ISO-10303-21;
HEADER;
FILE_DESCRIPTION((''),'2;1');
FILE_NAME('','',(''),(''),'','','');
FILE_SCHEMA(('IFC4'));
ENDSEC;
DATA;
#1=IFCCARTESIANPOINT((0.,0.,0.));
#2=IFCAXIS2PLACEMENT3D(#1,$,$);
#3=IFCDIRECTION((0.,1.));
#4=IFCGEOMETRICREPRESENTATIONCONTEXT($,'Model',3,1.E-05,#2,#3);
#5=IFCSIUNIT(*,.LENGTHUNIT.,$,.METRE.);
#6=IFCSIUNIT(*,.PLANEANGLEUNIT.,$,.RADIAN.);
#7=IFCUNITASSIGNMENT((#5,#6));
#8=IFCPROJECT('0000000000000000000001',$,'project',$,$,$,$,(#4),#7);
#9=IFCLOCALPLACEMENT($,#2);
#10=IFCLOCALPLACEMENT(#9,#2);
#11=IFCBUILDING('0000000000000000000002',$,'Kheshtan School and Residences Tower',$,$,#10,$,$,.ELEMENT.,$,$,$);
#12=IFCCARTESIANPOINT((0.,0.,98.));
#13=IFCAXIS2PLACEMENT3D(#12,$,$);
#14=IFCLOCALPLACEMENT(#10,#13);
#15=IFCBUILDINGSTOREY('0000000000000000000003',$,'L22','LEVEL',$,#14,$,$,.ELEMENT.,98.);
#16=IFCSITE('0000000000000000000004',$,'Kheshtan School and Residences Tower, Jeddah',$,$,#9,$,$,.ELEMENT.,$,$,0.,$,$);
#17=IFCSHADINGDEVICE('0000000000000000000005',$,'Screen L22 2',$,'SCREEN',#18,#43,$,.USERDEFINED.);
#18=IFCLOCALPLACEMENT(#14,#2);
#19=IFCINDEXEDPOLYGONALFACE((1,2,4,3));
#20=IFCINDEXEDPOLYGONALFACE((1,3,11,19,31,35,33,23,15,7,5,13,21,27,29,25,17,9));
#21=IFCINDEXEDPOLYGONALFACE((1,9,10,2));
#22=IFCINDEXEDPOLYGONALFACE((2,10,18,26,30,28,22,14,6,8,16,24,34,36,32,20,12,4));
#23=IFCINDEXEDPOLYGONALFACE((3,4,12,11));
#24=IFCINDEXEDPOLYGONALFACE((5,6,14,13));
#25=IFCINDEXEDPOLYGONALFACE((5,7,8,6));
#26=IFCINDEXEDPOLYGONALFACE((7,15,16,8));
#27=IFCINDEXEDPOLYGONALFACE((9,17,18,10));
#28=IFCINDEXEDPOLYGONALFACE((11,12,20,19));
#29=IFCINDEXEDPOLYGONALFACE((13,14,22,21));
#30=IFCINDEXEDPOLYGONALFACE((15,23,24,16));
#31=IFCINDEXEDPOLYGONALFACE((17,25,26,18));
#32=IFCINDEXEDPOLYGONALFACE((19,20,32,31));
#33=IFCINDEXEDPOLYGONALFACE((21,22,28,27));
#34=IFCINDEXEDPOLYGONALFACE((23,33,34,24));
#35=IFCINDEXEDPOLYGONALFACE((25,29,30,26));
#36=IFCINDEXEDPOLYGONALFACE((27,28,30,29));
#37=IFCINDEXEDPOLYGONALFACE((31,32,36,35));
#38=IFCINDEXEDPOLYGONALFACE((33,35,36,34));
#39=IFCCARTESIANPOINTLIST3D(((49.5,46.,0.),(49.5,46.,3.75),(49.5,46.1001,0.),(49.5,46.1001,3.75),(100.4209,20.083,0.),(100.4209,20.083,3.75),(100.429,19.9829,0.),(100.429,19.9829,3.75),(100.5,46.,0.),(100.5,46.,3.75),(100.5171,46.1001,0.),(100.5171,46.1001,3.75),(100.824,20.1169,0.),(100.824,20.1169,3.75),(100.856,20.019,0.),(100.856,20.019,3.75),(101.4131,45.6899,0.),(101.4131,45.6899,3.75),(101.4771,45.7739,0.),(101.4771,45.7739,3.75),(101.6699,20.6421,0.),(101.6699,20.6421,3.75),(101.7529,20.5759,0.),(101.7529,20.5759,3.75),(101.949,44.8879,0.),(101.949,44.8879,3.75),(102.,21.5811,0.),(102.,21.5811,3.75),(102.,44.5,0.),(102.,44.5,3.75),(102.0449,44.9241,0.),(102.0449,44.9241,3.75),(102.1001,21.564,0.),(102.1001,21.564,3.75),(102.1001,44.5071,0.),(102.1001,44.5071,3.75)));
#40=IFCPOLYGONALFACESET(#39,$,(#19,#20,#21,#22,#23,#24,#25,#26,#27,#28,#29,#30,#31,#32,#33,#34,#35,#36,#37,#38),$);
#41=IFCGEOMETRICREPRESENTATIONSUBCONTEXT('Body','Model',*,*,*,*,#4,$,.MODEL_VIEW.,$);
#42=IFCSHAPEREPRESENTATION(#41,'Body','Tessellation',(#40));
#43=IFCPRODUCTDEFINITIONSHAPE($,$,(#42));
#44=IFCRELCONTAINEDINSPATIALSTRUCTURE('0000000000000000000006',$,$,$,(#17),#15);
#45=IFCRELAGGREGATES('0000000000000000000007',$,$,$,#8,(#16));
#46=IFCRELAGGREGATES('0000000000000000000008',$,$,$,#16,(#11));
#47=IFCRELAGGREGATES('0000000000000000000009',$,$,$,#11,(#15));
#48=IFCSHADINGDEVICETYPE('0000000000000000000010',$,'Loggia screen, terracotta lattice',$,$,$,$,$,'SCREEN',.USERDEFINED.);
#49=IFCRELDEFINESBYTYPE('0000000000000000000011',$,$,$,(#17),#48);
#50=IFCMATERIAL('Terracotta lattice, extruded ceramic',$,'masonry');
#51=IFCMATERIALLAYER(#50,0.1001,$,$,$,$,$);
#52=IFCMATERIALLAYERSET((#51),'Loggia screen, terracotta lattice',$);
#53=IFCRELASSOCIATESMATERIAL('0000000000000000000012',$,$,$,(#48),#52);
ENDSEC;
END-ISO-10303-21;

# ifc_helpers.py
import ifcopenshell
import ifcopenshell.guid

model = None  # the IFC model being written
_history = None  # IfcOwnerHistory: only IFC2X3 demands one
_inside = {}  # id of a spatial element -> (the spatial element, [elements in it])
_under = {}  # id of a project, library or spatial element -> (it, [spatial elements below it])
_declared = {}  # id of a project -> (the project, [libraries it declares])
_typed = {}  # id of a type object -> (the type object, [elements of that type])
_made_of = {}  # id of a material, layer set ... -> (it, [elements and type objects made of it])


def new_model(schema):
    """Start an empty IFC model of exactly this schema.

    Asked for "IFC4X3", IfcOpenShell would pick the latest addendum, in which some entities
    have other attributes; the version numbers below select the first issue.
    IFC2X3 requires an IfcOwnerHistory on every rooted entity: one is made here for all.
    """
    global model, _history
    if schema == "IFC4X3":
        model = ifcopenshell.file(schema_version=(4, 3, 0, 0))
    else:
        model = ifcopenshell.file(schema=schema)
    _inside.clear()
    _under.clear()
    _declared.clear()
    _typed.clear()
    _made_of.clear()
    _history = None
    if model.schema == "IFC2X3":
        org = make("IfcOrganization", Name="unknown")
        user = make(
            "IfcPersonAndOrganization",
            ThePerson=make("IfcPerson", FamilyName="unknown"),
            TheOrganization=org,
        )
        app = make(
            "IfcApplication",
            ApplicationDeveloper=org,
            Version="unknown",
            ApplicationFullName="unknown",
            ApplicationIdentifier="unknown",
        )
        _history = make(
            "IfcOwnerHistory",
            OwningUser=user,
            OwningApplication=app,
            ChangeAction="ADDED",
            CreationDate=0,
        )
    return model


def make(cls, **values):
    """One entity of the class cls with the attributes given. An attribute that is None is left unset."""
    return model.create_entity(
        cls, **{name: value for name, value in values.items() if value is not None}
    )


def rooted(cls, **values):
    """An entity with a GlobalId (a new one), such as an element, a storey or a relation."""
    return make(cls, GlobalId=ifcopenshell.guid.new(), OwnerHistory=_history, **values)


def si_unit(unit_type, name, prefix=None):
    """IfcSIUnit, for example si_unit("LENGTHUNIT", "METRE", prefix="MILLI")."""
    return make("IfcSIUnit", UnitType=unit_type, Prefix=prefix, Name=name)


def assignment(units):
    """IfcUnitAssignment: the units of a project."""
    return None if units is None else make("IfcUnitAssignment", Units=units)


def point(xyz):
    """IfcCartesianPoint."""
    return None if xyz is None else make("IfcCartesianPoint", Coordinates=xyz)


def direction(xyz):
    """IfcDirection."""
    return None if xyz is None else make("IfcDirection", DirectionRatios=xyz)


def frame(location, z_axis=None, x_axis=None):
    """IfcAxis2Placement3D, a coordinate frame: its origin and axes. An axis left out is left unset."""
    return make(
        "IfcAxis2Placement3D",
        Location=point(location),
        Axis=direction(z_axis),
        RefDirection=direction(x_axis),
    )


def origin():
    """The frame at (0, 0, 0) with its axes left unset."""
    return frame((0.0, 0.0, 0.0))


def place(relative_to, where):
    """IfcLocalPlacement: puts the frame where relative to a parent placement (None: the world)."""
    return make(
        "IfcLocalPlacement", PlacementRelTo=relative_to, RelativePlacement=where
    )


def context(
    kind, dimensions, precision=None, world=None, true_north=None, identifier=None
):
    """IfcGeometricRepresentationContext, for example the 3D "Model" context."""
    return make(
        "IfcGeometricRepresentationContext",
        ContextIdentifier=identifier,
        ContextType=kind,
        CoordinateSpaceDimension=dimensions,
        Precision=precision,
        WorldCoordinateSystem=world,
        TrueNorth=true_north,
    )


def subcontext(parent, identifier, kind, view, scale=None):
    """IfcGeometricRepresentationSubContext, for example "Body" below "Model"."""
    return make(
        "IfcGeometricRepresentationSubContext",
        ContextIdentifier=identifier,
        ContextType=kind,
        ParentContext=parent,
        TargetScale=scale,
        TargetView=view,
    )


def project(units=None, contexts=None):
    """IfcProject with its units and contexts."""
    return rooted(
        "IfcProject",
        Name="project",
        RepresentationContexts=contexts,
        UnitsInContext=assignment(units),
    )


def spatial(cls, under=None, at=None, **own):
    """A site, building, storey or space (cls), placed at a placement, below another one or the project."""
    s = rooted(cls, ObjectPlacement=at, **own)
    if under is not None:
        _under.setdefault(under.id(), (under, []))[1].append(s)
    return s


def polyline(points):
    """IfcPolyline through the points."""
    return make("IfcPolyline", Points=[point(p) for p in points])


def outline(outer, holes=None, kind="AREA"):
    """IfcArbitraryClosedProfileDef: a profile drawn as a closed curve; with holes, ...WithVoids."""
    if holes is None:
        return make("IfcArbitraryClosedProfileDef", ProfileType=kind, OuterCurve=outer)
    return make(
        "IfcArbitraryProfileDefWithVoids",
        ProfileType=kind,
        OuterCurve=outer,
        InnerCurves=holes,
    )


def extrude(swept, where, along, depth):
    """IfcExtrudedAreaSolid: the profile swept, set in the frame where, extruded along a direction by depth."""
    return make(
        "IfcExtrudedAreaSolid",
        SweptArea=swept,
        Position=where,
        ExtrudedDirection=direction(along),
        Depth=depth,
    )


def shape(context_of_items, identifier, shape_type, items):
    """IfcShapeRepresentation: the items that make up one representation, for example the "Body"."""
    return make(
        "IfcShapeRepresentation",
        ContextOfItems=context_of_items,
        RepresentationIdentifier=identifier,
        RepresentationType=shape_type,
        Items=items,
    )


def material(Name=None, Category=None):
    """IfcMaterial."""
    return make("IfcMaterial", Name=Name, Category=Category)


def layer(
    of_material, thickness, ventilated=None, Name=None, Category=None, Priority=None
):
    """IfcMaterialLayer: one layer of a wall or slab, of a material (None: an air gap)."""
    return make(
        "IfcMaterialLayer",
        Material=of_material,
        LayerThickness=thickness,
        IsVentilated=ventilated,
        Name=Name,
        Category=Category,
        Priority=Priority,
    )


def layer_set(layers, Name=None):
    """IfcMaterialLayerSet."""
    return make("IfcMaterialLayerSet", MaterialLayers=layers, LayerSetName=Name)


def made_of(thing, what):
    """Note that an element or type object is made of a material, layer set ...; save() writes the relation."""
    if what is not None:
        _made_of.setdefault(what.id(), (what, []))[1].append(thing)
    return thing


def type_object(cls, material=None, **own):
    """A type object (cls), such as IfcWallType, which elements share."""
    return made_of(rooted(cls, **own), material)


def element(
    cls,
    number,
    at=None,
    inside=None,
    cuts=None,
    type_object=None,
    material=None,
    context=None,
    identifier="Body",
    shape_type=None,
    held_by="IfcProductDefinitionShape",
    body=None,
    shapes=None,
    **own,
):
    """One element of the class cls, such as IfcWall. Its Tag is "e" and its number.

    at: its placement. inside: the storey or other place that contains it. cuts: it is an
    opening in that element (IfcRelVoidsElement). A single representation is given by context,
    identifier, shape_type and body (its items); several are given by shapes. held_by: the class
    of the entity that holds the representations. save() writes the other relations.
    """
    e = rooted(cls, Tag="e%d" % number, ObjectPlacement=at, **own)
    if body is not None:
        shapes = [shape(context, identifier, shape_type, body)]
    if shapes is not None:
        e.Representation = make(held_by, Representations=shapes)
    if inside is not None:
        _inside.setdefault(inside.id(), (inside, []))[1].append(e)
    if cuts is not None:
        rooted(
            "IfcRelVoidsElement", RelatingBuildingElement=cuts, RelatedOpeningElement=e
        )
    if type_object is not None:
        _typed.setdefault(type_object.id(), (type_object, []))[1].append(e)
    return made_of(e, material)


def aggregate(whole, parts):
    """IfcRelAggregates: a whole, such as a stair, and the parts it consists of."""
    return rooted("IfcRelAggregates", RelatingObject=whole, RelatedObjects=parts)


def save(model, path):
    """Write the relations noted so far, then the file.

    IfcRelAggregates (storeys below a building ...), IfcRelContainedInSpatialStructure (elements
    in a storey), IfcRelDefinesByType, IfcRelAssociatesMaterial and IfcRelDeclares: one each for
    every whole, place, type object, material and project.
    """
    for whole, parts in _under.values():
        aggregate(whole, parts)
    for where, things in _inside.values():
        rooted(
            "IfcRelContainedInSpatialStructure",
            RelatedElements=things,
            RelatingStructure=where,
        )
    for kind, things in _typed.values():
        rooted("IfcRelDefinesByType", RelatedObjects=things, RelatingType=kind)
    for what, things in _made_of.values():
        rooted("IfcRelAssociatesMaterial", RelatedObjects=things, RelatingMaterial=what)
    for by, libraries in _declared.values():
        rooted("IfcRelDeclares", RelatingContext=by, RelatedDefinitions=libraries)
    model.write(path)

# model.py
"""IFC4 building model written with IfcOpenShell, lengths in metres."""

from ifc_helpers import new_model, si_unit, direction, frame, origin, place, context, subcontext, project, spatial, polyline, outline, extrude, material, layer, layer_set, type_object, element, save


model = new_model("IFC4")

# Units and contexts
model_context = context("Model", 3, precision=1e-05, world=origin(), true_north=direction((0.0, 1.0)))
body_context = subcontext(model_context, "Body", "Model", "MODEL_VIEW")
ifc_project = project(units=[si_unit("LENGTHUNIT", "METRE"), si_unit("PLANEANGLEUNIT", "RADIAN")], contexts=[model_context])

# Site, building, storey
site_placement = place(None, origin())
site = spatial("IfcSite", under=ifc_project, at=site_placement, Name="Kheshtan School and Residences Tower, Jeddah", CompositionType="ELEMENT", RefElevation=0.0)
building_placement = place(site_placement, origin())
building = spatial("IfcBuilding", under=site, at=building_placement, Name="Kheshtan School and Residences Tower", CompositionType="ELEMENT")
storey_placement = place(building_placement, frame((0.0, 0.0, 98.0)))
storey = spatial("IfcBuildingStorey", under=building, at=storey_placement, Name="L22", Description="LEVEL", CompositionType="ELEMENT", Elevation=98.0)

# Shading device
ifc_material_1 = material(Name="Terracotta lattice, extruded ceramic", Category="masonry")
ifc_layer_1 = layer(ifc_material_1, 0.1001)
ifc_layer_set_1 = layer_set([ifc_layer_1], Name="Loggia screen, terracotta lattice")
shading_device_type_1 = type_object("IfcShadingDeviceType", Name="Loggia screen, terracotta lattice", ElementType="SCREEN", PredefinedType="USERDEFINED", material=ifc_layer_set_1)
shading_device_1_placement = place(storey_placement, origin())
element("IfcShadingDevice", 1, at=shading_device_1_placement, inside=storey, type_object=shading_device_type_1, Name="Screen L22 2", ObjectType="SCREEN", PredefinedType="USERDEFINED", context=body_context, shape_type="SweptSolid", body=[
    extrude(outline(polyline([(49.5, 46.0), (100.5, 46.0), (101.4131, 45.6899), (101.949, 44.8879), (102.0, 44.5), (102.0, 21.5811), (101.6699, 20.6421), (100.824, 20.1169), (100.4209, 20.083), (100.429, 19.9829), (100.856, 20.019), (101.7529, 20.5759), (102.1001, 21.564), (102.1001, 44.5071), (102.0449, 44.9241), (101.4771, 45.7739), (100.5171, 46.1001), (49.5, 46.1001), (49.5, 46.0)])), origin(), (0.0, 0.0, 1.0), 3.75),
])

save(model, "model.ifc")
